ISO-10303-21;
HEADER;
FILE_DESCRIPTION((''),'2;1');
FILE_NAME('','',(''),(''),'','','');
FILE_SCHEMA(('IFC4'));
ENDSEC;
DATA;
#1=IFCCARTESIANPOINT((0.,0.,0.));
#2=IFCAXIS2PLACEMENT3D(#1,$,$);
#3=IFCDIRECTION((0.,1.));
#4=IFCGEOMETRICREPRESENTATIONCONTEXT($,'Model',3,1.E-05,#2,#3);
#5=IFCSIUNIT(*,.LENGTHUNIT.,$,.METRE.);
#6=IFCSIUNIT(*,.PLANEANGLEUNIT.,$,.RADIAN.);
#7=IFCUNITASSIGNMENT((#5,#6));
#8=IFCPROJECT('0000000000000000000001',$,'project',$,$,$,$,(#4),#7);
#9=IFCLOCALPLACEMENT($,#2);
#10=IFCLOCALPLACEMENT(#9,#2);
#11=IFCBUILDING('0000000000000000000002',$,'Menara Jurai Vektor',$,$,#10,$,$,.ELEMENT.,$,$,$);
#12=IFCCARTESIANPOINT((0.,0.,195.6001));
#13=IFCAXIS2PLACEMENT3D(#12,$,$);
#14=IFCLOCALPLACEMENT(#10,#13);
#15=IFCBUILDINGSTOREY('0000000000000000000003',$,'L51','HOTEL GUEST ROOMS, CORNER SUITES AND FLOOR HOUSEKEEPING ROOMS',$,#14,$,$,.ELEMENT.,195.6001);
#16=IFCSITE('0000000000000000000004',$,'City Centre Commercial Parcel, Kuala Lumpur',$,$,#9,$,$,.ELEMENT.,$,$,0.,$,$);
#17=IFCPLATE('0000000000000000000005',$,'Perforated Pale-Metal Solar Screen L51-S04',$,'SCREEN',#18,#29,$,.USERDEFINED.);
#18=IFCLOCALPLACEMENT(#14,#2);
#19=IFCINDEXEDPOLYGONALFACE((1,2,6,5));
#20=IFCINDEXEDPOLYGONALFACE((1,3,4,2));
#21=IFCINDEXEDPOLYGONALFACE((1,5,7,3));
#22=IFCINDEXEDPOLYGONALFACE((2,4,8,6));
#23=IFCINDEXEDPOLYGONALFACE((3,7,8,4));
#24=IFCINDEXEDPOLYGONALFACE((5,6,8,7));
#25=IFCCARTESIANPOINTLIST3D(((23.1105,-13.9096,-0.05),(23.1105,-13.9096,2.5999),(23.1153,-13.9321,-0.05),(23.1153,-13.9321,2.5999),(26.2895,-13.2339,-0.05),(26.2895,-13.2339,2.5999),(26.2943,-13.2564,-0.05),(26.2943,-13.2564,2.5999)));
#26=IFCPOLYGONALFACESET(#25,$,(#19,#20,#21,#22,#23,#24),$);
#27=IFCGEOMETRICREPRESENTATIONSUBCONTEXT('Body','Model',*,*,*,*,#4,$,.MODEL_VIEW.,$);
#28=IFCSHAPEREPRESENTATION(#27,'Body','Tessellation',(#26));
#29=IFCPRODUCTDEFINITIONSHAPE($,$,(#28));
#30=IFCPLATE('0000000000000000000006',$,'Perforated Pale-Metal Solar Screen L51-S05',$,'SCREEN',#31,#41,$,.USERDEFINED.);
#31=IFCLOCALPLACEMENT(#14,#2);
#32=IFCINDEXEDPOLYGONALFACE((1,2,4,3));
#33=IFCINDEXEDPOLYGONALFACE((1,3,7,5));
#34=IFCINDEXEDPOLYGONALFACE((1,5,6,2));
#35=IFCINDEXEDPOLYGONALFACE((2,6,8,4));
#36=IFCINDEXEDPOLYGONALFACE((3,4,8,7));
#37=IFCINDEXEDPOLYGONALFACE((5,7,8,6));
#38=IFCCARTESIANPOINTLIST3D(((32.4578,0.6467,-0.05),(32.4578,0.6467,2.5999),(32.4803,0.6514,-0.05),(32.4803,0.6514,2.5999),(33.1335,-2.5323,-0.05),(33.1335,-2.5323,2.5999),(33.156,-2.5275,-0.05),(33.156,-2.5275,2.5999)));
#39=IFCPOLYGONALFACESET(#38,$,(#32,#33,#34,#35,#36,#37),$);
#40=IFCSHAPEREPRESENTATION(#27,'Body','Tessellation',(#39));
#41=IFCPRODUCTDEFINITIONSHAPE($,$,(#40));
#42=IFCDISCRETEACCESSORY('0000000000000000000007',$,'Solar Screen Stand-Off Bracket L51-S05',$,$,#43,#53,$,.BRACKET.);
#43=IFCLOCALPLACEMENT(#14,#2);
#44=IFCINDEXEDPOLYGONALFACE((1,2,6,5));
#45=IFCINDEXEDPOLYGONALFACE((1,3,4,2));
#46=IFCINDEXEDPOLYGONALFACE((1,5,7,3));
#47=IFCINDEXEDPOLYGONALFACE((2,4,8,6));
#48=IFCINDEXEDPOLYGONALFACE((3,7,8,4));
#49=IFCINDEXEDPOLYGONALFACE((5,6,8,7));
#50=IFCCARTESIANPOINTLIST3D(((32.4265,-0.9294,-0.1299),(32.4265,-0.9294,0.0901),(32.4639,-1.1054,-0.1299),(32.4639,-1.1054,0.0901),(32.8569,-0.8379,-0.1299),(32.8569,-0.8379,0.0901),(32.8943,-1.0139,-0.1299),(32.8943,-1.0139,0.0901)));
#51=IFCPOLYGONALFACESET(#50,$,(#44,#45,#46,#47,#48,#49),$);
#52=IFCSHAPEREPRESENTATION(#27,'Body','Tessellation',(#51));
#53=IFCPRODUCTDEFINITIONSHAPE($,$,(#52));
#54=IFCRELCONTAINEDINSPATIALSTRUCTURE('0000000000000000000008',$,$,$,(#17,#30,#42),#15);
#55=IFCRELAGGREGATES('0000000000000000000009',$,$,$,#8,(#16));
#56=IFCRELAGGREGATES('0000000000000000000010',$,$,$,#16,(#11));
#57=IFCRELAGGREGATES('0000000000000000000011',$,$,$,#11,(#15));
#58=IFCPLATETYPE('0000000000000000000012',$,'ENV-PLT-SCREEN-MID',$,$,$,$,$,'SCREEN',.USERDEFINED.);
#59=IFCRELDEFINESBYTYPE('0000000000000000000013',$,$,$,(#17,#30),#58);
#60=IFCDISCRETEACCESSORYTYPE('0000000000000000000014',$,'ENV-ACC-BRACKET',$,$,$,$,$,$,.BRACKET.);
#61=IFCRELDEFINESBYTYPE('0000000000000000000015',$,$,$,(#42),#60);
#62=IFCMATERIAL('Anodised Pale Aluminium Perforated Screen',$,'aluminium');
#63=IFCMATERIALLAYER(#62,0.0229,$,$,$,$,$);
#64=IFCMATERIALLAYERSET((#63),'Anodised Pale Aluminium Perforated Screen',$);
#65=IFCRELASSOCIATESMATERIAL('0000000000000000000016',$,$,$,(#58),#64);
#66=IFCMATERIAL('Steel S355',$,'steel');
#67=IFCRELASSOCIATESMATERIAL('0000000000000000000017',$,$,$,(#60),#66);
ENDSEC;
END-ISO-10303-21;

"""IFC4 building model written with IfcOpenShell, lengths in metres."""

from ifc_helpers import new_model, si_unit, direction, frame, origin, origin_2d, place, context, subcontext, project, spatial, rectangle, extrude, material, layer, layer_set, type_object, element, save


model = new_model("IFC4")

# Units and contexts
model_context = context("Model", 3, precision=1e-05, world=origin(), true_north=direction((0.0, 1.0)))
body_context = subcontext(model_context, "Body", "Model", "MODEL_VIEW")
ifc_project = project(units=[si_unit("LENGTHUNIT", "METRE"), si_unit("PLANEANGLEUNIT", "RADIAN")], contexts=[model_context])

# Site, building, storey
site_placement = place(None, origin())
site = spatial("IfcSite", under=ifc_project, at=site_placement, Name="City Centre Commercial Parcel, Kuala Lumpur", CompositionType="ELEMENT", RefElevation=0.0)
building_placement = place(site_placement, origin())
building = spatial("IfcBuilding", under=site, at=building_placement, Name="Menara Jurai Vektor", CompositionType="ELEMENT")
storey_placement = place(building_placement, frame((0.0, 0.0, 195.6001)))
storey = spatial("IfcBuildingStorey", under=building, at=storey_placement, Name="L51", Description="HOTEL GUEST ROOMS, CORNER SUITES AND FLOOR HOUSEKEEPING ROOMS", CompositionType="ELEMENT", Elevation=195.6001)

# Shared definitions
ifc_material_1 = material(Name="Steel S355", Category="steel")

# Plates
ifc_material_2 = material(Name="Anodised Pale Aluminium Perforated Screen", Category="aluminium")
ifc_layer_1 = layer(ifc_material_2, 0.0229)
ifc_layer_set_1 = layer_set([ifc_layer_1], Name="Anodised Pale Aluminium Perforated Screen")
plate_type_1 = type_object("IfcPlateType", Name="ENV-PLT-SCREEN-MID", ElementType="SCREEN", PredefinedType="USERDEFINED", material=ifc_layer_set_1)
for number, where, z_axis, x_axis, name in (
    (1, (24.7024, -13.583, -0.05), (0.0, 0.0, 1.0), (0.978148, 0.207912, 0.0), "Perforated Pale-Metal Solar Screen L51-S04"),
    (2, (32.8069, -0.9404, -0.05), (0.0, 0.0, 1.0), (-0.207912, 0.978148, 0.0), "Perforated Pale-Metal Solar Screen L51-S05"),
):
    element("IfcPlate", number, at=place(storey_placement, frame(where, z_axis=z_axis, x_axis=x_axis)), inside=storey, type_object=plate_type_1, Name=name, ObjectType="SCREEN", PredefinedType="USERDEFINED", context=body_context, shape_type="SweptSolid", body=[
        extrude(rectangle(XDim=3.25, YDim=0.0229, at=origin_2d()), origin(), (0.0, 0.0, 1.0), 2.6499),
    ])

# Discrete accessory
discrete_accessory_type = type_object("IfcDiscreteAccessoryType", Name="ENV-ACC-BRACKET", PredefinedType="BRACKET", material=ifc_material_1)
discrete_accessory_placement = place(storey_placement, frame((32.6604, -0.9717, -0.1299), z_axis=(0.0, 0.0, 1.0), x_axis=(-0.207912, 0.978148, 0.0)))
element("IfcDiscreteAccessory", 3, at=discrete_accessory_placement, inside=storey, type_object=discrete_accessory_type, Name="Solar Screen Stand-Off Bracket L51-S05", PredefinedType="BRACKET", context=body_context, shape_type="SweptSolid", body=[
    extrude(rectangle(XDim=0.1799, YDim=0.4399, at=origin_2d()), origin(), (0.0, 0.0, 1.0), 0.22),
])

save(model, "model.ifc")
